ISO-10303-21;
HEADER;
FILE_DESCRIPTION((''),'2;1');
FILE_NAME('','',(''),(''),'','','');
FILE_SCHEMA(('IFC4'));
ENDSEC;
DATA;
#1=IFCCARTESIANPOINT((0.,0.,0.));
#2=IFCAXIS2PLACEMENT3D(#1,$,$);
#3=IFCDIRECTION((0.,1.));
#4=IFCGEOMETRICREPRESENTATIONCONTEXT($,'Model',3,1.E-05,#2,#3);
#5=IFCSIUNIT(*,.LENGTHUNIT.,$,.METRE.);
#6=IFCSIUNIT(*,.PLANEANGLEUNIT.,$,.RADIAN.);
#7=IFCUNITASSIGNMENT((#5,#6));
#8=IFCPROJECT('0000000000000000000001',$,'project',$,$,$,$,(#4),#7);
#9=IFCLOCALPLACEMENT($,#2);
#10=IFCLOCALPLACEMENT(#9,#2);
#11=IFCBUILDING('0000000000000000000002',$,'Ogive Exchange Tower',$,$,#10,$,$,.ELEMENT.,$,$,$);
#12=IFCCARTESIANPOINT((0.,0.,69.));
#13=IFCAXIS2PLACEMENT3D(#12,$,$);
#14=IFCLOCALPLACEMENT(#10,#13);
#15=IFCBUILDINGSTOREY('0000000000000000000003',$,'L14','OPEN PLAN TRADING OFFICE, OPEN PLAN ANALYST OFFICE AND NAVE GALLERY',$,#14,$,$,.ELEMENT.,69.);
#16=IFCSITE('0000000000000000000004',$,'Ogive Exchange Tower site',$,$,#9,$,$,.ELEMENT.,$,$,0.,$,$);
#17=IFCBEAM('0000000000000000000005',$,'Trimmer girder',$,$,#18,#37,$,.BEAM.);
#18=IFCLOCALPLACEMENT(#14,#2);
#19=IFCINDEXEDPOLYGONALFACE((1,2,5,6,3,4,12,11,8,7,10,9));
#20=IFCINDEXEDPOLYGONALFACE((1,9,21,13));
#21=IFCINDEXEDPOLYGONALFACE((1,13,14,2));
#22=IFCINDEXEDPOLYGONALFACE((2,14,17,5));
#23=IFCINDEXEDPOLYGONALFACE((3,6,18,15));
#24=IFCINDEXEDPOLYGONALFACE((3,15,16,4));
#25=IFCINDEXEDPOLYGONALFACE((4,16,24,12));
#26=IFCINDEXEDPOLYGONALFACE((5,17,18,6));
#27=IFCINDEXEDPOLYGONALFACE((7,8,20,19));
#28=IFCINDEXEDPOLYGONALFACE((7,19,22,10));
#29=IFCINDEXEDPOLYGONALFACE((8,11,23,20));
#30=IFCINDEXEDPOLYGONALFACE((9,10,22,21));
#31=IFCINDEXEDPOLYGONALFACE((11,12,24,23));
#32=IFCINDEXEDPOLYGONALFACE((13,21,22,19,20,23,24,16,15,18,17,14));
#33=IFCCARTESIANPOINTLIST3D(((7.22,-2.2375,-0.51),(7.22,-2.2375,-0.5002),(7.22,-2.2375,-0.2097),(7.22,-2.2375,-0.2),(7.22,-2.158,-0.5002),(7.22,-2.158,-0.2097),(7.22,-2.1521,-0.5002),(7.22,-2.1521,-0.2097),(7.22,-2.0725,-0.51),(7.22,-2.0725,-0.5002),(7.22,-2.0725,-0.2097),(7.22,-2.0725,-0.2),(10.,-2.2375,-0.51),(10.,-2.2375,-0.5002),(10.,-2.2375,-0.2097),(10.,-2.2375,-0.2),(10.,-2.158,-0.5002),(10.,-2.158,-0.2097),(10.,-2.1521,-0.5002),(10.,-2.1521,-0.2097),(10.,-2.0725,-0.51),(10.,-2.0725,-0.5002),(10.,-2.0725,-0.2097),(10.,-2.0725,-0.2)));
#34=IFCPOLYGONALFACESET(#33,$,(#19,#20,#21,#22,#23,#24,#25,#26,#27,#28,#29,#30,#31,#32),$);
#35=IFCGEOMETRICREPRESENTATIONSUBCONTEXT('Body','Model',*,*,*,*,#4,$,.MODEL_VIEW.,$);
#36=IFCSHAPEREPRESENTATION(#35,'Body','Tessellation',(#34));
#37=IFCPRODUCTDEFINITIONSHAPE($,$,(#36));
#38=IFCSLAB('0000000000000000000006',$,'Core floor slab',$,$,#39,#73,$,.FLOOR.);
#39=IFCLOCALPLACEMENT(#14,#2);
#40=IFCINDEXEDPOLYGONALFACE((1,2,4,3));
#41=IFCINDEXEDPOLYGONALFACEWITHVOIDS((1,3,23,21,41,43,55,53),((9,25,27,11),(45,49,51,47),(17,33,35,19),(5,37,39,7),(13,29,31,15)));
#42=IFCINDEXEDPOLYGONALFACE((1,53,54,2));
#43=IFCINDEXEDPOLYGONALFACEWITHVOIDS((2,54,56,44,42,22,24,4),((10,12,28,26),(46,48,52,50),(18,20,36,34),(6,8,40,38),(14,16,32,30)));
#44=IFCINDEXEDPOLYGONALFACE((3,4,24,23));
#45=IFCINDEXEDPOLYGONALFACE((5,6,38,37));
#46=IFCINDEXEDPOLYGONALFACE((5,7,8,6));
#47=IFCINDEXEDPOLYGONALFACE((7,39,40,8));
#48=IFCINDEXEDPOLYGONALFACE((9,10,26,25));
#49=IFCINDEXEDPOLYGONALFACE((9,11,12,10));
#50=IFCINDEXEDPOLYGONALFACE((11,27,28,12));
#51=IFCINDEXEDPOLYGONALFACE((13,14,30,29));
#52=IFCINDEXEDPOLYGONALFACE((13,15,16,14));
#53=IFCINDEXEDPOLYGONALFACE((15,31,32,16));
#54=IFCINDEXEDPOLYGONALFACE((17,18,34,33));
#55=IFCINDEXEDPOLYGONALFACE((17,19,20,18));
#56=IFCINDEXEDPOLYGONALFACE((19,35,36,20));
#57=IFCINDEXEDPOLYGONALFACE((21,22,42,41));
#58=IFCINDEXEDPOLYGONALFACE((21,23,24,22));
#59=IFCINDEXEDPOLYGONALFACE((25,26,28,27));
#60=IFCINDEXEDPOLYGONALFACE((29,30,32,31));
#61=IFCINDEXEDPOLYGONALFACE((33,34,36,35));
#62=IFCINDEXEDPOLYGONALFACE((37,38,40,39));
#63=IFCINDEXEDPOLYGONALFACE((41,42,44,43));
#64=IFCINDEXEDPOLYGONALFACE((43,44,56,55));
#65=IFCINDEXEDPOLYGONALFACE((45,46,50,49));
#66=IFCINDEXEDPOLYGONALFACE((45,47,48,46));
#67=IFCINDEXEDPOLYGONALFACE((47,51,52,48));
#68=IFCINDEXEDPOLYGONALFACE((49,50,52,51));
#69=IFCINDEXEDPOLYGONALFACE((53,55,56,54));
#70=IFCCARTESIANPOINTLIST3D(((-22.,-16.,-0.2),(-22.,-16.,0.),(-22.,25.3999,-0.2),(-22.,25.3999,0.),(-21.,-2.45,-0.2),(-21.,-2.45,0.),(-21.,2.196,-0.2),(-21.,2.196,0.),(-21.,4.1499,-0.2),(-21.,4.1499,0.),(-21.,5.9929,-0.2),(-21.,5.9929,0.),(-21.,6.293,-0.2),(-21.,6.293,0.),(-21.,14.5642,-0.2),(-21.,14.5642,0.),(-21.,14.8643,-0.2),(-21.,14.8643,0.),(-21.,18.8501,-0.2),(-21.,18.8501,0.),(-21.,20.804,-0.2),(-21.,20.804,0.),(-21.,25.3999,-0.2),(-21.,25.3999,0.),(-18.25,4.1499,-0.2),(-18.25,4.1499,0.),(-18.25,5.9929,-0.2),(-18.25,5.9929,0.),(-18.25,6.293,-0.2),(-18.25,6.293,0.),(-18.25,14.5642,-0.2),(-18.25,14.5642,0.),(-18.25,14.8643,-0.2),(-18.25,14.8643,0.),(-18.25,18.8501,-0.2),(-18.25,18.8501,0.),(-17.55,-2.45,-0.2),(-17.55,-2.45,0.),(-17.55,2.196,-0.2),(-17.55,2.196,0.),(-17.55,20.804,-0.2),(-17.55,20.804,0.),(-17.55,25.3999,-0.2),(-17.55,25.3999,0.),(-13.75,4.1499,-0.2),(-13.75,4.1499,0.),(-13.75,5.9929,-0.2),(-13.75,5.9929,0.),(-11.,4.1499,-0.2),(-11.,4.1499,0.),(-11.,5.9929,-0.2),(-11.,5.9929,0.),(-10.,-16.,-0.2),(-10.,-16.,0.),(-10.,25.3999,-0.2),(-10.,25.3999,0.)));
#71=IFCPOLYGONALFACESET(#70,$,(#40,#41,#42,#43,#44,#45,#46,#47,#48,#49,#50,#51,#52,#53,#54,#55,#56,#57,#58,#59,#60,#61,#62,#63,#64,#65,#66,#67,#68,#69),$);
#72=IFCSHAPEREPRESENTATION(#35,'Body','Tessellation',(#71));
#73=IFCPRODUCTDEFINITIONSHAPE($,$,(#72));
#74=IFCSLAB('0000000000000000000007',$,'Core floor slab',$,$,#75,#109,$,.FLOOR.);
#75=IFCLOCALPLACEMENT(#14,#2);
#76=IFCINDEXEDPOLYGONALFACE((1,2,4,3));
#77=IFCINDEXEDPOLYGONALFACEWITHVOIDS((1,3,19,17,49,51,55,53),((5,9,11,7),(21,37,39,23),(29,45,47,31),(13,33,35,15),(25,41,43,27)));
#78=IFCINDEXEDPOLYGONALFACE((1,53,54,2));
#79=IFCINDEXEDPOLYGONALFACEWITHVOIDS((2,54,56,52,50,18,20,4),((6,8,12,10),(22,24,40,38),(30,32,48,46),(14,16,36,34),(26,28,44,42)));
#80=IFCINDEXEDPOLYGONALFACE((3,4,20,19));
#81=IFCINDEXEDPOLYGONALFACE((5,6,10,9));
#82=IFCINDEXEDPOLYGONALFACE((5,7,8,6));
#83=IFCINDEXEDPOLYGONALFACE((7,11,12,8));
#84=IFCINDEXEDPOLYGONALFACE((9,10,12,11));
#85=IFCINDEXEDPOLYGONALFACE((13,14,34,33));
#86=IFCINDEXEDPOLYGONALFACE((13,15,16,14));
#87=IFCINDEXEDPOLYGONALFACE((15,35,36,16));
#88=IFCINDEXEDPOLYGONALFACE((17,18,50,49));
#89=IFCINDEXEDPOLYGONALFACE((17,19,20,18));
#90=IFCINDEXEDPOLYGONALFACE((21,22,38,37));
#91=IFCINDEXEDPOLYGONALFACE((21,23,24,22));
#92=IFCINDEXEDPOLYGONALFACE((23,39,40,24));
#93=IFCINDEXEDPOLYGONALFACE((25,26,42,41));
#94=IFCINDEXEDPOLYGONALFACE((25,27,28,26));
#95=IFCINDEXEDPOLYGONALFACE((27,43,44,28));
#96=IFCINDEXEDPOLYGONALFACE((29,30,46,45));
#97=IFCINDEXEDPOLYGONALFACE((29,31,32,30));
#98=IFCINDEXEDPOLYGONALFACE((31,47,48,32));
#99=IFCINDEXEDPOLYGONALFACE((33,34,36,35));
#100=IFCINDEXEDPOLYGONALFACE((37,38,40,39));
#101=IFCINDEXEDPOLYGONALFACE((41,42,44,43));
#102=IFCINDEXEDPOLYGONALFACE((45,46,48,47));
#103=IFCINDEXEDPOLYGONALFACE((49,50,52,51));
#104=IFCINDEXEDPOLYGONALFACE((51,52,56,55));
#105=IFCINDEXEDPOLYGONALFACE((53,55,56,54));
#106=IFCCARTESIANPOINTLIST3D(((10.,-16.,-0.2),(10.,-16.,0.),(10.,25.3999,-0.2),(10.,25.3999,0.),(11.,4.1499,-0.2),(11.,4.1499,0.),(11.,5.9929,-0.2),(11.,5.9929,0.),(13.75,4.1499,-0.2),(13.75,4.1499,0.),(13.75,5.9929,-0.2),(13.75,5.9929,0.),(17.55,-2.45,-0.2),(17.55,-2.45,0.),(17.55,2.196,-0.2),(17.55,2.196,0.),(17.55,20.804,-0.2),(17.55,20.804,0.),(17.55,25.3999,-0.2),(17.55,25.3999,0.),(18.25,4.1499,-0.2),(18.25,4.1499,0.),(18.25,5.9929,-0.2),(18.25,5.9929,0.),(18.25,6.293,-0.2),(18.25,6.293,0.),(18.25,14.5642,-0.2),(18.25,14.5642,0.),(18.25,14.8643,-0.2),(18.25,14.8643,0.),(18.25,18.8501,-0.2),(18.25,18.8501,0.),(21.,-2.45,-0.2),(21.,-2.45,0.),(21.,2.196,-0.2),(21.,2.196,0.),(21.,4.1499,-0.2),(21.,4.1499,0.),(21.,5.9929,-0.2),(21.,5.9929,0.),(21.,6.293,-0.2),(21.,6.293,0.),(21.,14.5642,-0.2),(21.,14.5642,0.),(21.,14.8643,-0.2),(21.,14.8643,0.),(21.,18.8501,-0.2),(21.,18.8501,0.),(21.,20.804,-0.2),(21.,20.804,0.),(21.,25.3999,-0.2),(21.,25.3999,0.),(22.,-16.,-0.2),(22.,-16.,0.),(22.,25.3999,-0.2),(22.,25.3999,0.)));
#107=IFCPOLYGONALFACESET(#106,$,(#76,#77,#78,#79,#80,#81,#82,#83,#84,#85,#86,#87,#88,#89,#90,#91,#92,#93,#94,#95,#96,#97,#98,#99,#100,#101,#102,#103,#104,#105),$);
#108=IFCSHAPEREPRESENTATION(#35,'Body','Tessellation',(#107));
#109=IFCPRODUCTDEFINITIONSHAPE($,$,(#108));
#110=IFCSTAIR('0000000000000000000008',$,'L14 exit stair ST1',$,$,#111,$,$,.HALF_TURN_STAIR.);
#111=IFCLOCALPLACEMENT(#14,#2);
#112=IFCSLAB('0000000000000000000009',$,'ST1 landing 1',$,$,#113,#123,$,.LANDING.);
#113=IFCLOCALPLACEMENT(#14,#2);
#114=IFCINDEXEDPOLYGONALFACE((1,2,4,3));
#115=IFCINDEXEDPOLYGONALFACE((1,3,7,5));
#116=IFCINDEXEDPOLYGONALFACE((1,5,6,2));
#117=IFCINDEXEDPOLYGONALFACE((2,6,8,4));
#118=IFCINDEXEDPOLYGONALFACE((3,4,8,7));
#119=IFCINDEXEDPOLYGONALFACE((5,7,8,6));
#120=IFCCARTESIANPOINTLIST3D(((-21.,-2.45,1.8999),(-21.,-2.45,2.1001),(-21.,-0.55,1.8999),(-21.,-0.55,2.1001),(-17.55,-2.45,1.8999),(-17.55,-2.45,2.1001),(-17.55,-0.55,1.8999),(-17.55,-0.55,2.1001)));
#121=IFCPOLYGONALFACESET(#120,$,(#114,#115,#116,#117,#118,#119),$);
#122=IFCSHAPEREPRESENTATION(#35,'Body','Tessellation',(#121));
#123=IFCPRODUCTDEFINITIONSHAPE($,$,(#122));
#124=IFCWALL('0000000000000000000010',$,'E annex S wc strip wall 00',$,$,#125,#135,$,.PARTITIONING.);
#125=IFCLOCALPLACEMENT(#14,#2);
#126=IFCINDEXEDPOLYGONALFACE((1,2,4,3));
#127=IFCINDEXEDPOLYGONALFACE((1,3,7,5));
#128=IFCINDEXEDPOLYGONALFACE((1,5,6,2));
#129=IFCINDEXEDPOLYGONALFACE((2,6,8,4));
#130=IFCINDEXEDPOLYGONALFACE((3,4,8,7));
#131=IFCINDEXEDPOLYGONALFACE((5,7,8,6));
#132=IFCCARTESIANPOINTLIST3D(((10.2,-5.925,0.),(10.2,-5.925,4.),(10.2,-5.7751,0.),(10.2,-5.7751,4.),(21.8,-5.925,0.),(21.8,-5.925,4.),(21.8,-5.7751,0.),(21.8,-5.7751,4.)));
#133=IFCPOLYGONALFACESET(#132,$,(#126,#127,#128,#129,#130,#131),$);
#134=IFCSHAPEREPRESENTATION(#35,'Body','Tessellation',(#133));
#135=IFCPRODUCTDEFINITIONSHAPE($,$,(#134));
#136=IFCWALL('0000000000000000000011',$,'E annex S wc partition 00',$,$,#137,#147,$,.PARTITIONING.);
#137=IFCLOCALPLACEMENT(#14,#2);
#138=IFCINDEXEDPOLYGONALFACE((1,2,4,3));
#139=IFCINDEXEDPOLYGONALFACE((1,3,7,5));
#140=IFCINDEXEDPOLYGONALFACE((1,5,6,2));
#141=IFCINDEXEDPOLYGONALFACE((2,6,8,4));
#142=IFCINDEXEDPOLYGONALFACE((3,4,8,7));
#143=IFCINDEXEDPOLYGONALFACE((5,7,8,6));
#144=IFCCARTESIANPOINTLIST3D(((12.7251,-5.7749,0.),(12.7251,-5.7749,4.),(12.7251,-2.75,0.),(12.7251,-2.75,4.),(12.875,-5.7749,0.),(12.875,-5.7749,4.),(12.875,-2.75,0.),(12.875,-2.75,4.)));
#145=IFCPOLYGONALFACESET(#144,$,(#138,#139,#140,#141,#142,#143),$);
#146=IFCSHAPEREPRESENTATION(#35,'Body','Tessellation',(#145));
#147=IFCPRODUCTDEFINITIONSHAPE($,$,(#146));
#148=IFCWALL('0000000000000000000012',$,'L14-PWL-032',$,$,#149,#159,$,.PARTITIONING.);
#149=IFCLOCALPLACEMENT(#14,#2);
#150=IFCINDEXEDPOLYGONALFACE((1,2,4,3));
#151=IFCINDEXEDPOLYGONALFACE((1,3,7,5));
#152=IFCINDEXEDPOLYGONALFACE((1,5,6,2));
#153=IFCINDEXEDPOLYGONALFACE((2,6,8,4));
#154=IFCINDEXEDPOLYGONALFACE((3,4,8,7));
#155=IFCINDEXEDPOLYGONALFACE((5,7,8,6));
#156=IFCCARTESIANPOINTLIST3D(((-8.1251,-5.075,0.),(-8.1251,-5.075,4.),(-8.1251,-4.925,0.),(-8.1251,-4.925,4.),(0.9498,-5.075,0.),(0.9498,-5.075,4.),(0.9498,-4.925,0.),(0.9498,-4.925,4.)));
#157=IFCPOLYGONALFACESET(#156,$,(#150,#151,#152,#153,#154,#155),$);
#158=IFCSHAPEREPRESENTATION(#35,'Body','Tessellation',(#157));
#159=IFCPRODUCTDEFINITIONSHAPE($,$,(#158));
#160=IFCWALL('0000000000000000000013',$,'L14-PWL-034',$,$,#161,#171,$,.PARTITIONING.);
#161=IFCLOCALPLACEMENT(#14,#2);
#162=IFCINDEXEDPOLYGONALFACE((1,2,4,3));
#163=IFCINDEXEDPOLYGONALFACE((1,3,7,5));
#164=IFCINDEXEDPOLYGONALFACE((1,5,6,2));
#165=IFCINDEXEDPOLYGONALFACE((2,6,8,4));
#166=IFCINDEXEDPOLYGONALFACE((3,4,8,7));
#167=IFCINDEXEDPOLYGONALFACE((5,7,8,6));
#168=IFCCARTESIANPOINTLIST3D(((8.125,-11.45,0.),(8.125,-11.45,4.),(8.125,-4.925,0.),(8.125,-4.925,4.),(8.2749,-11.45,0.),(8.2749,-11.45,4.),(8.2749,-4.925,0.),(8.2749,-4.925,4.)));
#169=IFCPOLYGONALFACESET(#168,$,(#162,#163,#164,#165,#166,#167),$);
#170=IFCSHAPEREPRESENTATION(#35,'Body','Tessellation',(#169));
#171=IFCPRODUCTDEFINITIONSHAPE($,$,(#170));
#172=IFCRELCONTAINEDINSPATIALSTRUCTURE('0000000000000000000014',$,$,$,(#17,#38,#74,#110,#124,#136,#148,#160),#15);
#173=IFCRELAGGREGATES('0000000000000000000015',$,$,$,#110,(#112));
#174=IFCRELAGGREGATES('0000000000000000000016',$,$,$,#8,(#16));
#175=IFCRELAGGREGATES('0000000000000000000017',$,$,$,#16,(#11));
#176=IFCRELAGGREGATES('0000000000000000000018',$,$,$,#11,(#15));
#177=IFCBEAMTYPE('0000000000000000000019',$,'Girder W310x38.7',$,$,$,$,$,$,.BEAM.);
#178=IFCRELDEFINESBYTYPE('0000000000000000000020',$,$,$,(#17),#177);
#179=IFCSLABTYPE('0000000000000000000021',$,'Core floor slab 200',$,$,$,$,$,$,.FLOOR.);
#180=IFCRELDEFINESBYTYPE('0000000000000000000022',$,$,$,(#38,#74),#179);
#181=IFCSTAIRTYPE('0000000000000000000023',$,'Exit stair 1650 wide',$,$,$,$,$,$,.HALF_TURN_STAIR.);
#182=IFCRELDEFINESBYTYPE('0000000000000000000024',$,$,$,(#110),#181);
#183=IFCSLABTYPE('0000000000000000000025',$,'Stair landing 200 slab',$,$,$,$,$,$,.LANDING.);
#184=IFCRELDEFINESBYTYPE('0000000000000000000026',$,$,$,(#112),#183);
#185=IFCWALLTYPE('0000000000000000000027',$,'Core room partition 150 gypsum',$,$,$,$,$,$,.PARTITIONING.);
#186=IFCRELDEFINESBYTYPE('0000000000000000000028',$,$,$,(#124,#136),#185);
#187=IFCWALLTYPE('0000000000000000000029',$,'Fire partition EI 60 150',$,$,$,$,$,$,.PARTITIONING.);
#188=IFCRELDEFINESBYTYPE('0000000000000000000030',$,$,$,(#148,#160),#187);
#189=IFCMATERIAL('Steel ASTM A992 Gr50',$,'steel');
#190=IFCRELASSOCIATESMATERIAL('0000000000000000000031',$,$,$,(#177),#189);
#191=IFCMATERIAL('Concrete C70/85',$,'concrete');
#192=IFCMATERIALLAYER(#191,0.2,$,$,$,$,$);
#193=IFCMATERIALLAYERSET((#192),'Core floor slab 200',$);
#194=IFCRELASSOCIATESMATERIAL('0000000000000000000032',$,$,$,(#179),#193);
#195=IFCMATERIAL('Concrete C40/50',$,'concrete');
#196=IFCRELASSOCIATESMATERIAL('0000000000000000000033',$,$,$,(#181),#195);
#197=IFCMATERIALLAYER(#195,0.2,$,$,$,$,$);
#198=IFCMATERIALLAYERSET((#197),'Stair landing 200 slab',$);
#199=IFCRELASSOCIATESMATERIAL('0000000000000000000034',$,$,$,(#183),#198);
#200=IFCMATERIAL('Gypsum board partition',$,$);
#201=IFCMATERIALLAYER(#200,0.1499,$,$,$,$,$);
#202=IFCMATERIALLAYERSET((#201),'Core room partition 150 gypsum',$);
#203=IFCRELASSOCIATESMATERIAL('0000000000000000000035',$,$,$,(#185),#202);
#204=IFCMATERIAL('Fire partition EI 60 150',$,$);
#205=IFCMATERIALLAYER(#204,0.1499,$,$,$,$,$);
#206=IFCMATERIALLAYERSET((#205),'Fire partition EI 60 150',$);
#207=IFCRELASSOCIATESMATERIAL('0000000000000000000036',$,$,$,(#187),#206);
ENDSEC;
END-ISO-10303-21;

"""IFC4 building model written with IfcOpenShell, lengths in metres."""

from ifc_helpers import new_model, si_unit, direction, frame, frame_2d, origin, origin_2d, place, context, subcontext, project, spatial, polyline, rectangle, i_section, outline, extrude, material, layer, layer_set, material_profile, profile_set, type_object, element, aggregate, save


model = new_model("IFC4")

# Units and contexts
model_context = context("Model", 3, precision=1e-05, world=origin(), true_north=direction((0.0, 1.0)))
body_context = subcontext(model_context, "Body", "Model", "MODEL_VIEW")
ifc_project = project(units=[si_unit("LENGTHUNIT", "METRE"), si_unit("PLANEANGLEUNIT", "RADIAN")], contexts=[model_context])

# Site, building, storey
site_placement = place(None, origin())
site = spatial("IfcSite", under=ifc_project, at=site_placement, Name="Ogive Exchange Tower site", CompositionType="ELEMENT", RefElevation=0.0)
building_placement = place(site_placement, origin())
building = spatial("IfcBuilding", under=site, at=building_placement, Name="Ogive Exchange Tower", CompositionType="ELEMENT")
storey_placement = place(building_placement, frame((0.0, 0.0, 69.0)))
storey = spatial("IfcBuildingStorey", under=building, at=storey_placement, Name="L14", Description="OPEN PLAN TRADING OFFICE, OPEN PLAN ANALYST OFFICE AND NAVE GALLERY", CompositionType="ELEMENT", Elevation=69.0)

# Beam
ifc_material_1 = material(Name="Steel ASTM A992 Gr50", Category="steel")
ifc_material_profile = material_profile(ifc_material_1, i_section(OverallWidth=0.165, OverallDepth=0.3101, WebThickness=0.0059, FlangeThickness=0.0098, at=origin_2d()), Name="W310x38.7")
ifc_profile_set = profile_set([ifc_material_profile], Name="Steel ASTM A992 Gr50")
beam_type = type_object("IfcBeamType", Name="Girder W310x38.7", PredefinedType="BEAM", material=ifc_profile_set)
beam_placement = place(storey_placement, frame((7.22, -2.155, -0.355), z_axis=(1.0, 0.0, 0.0), x_axis=(0.0, 1.0, 0.0)))
element("IfcBeam", 1, at=beam_placement, inside=storey, type_object=beam_type, Name="Trimmer girder", PredefinedType="BEAM", context=body_context, shape_type="SweptSolid", body=[
    extrude(i_section(OverallWidth=0.165, OverallDepth=0.3101, WebThickness=0.0059, FlangeThickness=0.0098, at=origin_2d()), origin(), (0.0, 0.0, 1.0), 2.78),
])

# Slabs
ifc_material_2 = material(Name="Concrete C70/85", Category="concrete")
ifc_layer_1 = layer(ifc_material_2, 0.2)
ifc_layer_set_1 = layer_set([ifc_layer_1], Name="Core floor slab 200")
slab_type_1 = type_object("IfcSlabType", Name="Core floor slab 200", PredefinedType="FLOOR", material=ifc_layer_set_1)
slab_1_placement = place(storey_placement, frame((0.0, 0.0, -0.2)))
element("IfcSlab", 2, at=slab_1_placement, inside=storey, type_object=slab_type_1, Name="Core floor slab", PredefinedType="FLOOR", context=body_context, shape_type="SweptSolid", body=[
    extrude(outline(polyline([(-10.0, 25.3999), (-10.0, -16.0), (-22.0, -16.0), (-22.0, 25.3999), (-21.0, 25.3999), (-21.0, 20.804), (-17.55, 20.804), (-17.55, 25.3999), (-10.0, 25.3999)]), holes=[polyline([(-17.55, 2.196), (-21.0, 2.196), (-21.0, -2.45), (-17.55, -2.45), (-17.55, 2.196)]), polyline([(-18.25, 5.9929), (-21.0, 5.9929), (-21.0, 4.1499), (-18.25, 4.1499), (-18.25, 5.9929)]), polyline([(-11.0, 5.9929), (-13.75, 5.9929), (-13.75, 4.1499), (-11.0, 4.1499), (-11.0, 5.9929)]), polyline([(-21.0, 14.5642), (-21.0, 6.293), (-18.25, 6.293), (-18.25, 14.5642), (-21.0, 14.5642)]), polyline([(-18.25, 18.8501), (-21.0, 18.8501), (-21.0, 14.8643), (-18.25, 14.8643), (-18.25, 18.8501)])]), origin(), (0.0, 0.0, 1.0), 0.2),
])
slab_2_placement = place(storey_placement, frame((0.0, 0.0, -0.2)))
element("IfcSlab", 3, at=slab_2_placement, inside=storey, type_object=slab_type_1, Name="Core floor slab", PredefinedType="FLOOR", context=body_context, shape_type="SweptSolid", body=[
    extrude(outline(polyline([(22.0, 25.3999), (22.0, -16.0), (10.0, -16.0), (10.0, 25.3999), (17.55, 25.3999), (17.55, 20.804), (21.0, 20.804), (21.0, 25.3999), (22.0, 25.3999)]), holes=[polyline([(21.0, 2.196), (17.55, 2.196), (17.55, -2.45), (21.0, -2.45), (21.0, 2.196)]), polyline([(13.75, 5.9929), (11.0, 5.9929), (11.0, 4.1499), (13.75, 4.1499), (13.75, 5.9929)]), polyline([(21.0, 5.9929), (18.25, 5.9929), (18.25, 4.1499), (21.0, 4.1499), (21.0, 5.9929)]), polyline([(18.25, 14.5642), (18.25, 6.293), (21.0, 6.293), (21.0, 14.5642), (18.25, 14.5642)]), polyline([(21.0, 18.8501), (18.25, 18.8501), (18.25, 14.8643), (21.0, 14.8643), (21.0, 18.8501)])]), origin(), (0.0, 0.0, 1.0), 0.2),
])

# Stair, slab
ifc_material_3 = material(Name="Concrete C40/50", Category="concrete")
stair_type = type_object("IfcStairType", Name="Exit stair 1650 wide", PredefinedType="HALF_TURN_STAIR", material=ifc_material_3)
stair_placement = place(storey_placement, origin())
stair = element("IfcStair", 4, at=stair_placement, inside=storey, type_object=stair_type, Name="L14 exit stair ST1", PredefinedType="HALF_TURN_STAIR")
ifc_layer_2 = layer(ifc_material_3, 0.2)
ifc_layer_set_2 = layer_set([ifc_layer_2], Name="Stair landing 200 slab")
slab_type_2 = type_object("IfcSlabType", Name="Stair landing 200 slab", PredefinedType="LANDING", material=ifc_layer_set_2)
slab_3_placement = place(storey_placement, frame((0.0, 0.0, 1.8999)))
slab_3 = element("IfcSlab", 5, at=slab_3_placement, type_object=slab_type_2, Name="ST1 landing 1", PredefinedType="LANDING", context=body_context, shape_type="SweptSolid", body=[
    extrude(outline(polyline([(-21.0, -0.55), (-21.0, -2.45), (-17.55, -2.45), (-17.55, -0.55), (-21.0, -0.55)])), origin(), (0.0, 0.0, 1.0), 0.2002),
])
aggregate(stair, [slab_3])

# Walls
ifc_material_4 = material(Name="Gypsum board partition")
ifc_layer_3 = layer(ifc_material_4, 0.1499)
ifc_layer_set_3 = layer_set([ifc_layer_3], Name="Core room partition 150 gypsum")
wall_type_1 = type_object("IfcWallType", Name="Core room partition 150 gypsum", PredefinedType="PARTITIONING", material=ifc_layer_set_3)
wall_1_placement = place(storey_placement, frame((10.2, -5.8501, 0.0), z_axis=(0.0, 0.0, 1.0), x_axis=(1.0, 0.0, 0.0)))
element("IfcWall", 6, at=wall_1_placement, inside=storey, type_object=wall_type_1, Name="E annex S wc strip wall 00", PredefinedType="PARTITIONING", context=body_context, shape_type="SweptSolid", body=[
    extrude(rectangle(XDim=11.6001, YDim=0.1499, at=frame_2d((5.8, 0.0))), origin(), (0.0, 0.0, 1.0), 4.0),
])
wall_2_placement = place(storey_placement, frame((12.8, -5.7749, 0.0), z_axis=(0.0, 0.0, 1.0), x_axis=(0.0, 1.0, 0.0)))
element("IfcWall", 7, at=wall_2_placement, inside=storey, type_object=wall_type_1, Name="E annex S wc partition 00", PredefinedType="PARTITIONING", context=body_context, shape_type="SweptSolid", body=[
    extrude(rectangle(XDim=3.0249, YDim=0.1499, at=frame_2d((1.5125, 0.0))), origin(), (0.0, 0.0, 1.0), 4.0),
])
ifc_material_5 = material(Name="Fire partition EI 60 150")
ifc_layer_4 = layer(ifc_material_5, 0.1499)
ifc_layer_set_4 = layer_set([ifc_layer_4], Name="Fire partition EI 60 150")
wall_type_2 = type_object("IfcWallType", Name="Fire partition EI 60 150", PredefinedType="PARTITIONING", material=ifc_layer_set_4)
wall_3_placement = place(storey_placement, frame((0.95, -5.0, 0.0), z_axis=(0.0, 0.0, 1.0), x_axis=(-1.0, 0.0, 0.0)))
element("IfcWall", 8, at=wall_3_placement, inside=storey, type_object=wall_type_2, Name="L14-PWL-032", PredefinedType="PARTITIONING", context=body_context, shape_type="SweptSolid", body=[
    extrude(rectangle(XDim=9.075, YDim=0.1499, at=frame_2d((4.5376, 0.0))), origin(), (0.0, 0.0, 1.0), 4.0),
])
wall_4_placement = place(storey_placement, frame((8.2, -11.45, 0.0), z_axis=(0.0, 0.0, 1.0), x_axis=(0.0, 1.0, 0.0)))
element("IfcWall", 9, at=wall_4_placement, inside=storey, type_object=wall_type_2, Name="L14-PWL-034", PredefinedType="PARTITIONING", context=body_context, shape_type="SweptSolid", body=[
    extrude(rectangle(XDim=6.5249, YDim=0.1499, at=frame_2d((3.2625, 0.0))), origin(), (0.0, 0.0, 1.0), 4.0),
])

save(model, "model.ifc")
